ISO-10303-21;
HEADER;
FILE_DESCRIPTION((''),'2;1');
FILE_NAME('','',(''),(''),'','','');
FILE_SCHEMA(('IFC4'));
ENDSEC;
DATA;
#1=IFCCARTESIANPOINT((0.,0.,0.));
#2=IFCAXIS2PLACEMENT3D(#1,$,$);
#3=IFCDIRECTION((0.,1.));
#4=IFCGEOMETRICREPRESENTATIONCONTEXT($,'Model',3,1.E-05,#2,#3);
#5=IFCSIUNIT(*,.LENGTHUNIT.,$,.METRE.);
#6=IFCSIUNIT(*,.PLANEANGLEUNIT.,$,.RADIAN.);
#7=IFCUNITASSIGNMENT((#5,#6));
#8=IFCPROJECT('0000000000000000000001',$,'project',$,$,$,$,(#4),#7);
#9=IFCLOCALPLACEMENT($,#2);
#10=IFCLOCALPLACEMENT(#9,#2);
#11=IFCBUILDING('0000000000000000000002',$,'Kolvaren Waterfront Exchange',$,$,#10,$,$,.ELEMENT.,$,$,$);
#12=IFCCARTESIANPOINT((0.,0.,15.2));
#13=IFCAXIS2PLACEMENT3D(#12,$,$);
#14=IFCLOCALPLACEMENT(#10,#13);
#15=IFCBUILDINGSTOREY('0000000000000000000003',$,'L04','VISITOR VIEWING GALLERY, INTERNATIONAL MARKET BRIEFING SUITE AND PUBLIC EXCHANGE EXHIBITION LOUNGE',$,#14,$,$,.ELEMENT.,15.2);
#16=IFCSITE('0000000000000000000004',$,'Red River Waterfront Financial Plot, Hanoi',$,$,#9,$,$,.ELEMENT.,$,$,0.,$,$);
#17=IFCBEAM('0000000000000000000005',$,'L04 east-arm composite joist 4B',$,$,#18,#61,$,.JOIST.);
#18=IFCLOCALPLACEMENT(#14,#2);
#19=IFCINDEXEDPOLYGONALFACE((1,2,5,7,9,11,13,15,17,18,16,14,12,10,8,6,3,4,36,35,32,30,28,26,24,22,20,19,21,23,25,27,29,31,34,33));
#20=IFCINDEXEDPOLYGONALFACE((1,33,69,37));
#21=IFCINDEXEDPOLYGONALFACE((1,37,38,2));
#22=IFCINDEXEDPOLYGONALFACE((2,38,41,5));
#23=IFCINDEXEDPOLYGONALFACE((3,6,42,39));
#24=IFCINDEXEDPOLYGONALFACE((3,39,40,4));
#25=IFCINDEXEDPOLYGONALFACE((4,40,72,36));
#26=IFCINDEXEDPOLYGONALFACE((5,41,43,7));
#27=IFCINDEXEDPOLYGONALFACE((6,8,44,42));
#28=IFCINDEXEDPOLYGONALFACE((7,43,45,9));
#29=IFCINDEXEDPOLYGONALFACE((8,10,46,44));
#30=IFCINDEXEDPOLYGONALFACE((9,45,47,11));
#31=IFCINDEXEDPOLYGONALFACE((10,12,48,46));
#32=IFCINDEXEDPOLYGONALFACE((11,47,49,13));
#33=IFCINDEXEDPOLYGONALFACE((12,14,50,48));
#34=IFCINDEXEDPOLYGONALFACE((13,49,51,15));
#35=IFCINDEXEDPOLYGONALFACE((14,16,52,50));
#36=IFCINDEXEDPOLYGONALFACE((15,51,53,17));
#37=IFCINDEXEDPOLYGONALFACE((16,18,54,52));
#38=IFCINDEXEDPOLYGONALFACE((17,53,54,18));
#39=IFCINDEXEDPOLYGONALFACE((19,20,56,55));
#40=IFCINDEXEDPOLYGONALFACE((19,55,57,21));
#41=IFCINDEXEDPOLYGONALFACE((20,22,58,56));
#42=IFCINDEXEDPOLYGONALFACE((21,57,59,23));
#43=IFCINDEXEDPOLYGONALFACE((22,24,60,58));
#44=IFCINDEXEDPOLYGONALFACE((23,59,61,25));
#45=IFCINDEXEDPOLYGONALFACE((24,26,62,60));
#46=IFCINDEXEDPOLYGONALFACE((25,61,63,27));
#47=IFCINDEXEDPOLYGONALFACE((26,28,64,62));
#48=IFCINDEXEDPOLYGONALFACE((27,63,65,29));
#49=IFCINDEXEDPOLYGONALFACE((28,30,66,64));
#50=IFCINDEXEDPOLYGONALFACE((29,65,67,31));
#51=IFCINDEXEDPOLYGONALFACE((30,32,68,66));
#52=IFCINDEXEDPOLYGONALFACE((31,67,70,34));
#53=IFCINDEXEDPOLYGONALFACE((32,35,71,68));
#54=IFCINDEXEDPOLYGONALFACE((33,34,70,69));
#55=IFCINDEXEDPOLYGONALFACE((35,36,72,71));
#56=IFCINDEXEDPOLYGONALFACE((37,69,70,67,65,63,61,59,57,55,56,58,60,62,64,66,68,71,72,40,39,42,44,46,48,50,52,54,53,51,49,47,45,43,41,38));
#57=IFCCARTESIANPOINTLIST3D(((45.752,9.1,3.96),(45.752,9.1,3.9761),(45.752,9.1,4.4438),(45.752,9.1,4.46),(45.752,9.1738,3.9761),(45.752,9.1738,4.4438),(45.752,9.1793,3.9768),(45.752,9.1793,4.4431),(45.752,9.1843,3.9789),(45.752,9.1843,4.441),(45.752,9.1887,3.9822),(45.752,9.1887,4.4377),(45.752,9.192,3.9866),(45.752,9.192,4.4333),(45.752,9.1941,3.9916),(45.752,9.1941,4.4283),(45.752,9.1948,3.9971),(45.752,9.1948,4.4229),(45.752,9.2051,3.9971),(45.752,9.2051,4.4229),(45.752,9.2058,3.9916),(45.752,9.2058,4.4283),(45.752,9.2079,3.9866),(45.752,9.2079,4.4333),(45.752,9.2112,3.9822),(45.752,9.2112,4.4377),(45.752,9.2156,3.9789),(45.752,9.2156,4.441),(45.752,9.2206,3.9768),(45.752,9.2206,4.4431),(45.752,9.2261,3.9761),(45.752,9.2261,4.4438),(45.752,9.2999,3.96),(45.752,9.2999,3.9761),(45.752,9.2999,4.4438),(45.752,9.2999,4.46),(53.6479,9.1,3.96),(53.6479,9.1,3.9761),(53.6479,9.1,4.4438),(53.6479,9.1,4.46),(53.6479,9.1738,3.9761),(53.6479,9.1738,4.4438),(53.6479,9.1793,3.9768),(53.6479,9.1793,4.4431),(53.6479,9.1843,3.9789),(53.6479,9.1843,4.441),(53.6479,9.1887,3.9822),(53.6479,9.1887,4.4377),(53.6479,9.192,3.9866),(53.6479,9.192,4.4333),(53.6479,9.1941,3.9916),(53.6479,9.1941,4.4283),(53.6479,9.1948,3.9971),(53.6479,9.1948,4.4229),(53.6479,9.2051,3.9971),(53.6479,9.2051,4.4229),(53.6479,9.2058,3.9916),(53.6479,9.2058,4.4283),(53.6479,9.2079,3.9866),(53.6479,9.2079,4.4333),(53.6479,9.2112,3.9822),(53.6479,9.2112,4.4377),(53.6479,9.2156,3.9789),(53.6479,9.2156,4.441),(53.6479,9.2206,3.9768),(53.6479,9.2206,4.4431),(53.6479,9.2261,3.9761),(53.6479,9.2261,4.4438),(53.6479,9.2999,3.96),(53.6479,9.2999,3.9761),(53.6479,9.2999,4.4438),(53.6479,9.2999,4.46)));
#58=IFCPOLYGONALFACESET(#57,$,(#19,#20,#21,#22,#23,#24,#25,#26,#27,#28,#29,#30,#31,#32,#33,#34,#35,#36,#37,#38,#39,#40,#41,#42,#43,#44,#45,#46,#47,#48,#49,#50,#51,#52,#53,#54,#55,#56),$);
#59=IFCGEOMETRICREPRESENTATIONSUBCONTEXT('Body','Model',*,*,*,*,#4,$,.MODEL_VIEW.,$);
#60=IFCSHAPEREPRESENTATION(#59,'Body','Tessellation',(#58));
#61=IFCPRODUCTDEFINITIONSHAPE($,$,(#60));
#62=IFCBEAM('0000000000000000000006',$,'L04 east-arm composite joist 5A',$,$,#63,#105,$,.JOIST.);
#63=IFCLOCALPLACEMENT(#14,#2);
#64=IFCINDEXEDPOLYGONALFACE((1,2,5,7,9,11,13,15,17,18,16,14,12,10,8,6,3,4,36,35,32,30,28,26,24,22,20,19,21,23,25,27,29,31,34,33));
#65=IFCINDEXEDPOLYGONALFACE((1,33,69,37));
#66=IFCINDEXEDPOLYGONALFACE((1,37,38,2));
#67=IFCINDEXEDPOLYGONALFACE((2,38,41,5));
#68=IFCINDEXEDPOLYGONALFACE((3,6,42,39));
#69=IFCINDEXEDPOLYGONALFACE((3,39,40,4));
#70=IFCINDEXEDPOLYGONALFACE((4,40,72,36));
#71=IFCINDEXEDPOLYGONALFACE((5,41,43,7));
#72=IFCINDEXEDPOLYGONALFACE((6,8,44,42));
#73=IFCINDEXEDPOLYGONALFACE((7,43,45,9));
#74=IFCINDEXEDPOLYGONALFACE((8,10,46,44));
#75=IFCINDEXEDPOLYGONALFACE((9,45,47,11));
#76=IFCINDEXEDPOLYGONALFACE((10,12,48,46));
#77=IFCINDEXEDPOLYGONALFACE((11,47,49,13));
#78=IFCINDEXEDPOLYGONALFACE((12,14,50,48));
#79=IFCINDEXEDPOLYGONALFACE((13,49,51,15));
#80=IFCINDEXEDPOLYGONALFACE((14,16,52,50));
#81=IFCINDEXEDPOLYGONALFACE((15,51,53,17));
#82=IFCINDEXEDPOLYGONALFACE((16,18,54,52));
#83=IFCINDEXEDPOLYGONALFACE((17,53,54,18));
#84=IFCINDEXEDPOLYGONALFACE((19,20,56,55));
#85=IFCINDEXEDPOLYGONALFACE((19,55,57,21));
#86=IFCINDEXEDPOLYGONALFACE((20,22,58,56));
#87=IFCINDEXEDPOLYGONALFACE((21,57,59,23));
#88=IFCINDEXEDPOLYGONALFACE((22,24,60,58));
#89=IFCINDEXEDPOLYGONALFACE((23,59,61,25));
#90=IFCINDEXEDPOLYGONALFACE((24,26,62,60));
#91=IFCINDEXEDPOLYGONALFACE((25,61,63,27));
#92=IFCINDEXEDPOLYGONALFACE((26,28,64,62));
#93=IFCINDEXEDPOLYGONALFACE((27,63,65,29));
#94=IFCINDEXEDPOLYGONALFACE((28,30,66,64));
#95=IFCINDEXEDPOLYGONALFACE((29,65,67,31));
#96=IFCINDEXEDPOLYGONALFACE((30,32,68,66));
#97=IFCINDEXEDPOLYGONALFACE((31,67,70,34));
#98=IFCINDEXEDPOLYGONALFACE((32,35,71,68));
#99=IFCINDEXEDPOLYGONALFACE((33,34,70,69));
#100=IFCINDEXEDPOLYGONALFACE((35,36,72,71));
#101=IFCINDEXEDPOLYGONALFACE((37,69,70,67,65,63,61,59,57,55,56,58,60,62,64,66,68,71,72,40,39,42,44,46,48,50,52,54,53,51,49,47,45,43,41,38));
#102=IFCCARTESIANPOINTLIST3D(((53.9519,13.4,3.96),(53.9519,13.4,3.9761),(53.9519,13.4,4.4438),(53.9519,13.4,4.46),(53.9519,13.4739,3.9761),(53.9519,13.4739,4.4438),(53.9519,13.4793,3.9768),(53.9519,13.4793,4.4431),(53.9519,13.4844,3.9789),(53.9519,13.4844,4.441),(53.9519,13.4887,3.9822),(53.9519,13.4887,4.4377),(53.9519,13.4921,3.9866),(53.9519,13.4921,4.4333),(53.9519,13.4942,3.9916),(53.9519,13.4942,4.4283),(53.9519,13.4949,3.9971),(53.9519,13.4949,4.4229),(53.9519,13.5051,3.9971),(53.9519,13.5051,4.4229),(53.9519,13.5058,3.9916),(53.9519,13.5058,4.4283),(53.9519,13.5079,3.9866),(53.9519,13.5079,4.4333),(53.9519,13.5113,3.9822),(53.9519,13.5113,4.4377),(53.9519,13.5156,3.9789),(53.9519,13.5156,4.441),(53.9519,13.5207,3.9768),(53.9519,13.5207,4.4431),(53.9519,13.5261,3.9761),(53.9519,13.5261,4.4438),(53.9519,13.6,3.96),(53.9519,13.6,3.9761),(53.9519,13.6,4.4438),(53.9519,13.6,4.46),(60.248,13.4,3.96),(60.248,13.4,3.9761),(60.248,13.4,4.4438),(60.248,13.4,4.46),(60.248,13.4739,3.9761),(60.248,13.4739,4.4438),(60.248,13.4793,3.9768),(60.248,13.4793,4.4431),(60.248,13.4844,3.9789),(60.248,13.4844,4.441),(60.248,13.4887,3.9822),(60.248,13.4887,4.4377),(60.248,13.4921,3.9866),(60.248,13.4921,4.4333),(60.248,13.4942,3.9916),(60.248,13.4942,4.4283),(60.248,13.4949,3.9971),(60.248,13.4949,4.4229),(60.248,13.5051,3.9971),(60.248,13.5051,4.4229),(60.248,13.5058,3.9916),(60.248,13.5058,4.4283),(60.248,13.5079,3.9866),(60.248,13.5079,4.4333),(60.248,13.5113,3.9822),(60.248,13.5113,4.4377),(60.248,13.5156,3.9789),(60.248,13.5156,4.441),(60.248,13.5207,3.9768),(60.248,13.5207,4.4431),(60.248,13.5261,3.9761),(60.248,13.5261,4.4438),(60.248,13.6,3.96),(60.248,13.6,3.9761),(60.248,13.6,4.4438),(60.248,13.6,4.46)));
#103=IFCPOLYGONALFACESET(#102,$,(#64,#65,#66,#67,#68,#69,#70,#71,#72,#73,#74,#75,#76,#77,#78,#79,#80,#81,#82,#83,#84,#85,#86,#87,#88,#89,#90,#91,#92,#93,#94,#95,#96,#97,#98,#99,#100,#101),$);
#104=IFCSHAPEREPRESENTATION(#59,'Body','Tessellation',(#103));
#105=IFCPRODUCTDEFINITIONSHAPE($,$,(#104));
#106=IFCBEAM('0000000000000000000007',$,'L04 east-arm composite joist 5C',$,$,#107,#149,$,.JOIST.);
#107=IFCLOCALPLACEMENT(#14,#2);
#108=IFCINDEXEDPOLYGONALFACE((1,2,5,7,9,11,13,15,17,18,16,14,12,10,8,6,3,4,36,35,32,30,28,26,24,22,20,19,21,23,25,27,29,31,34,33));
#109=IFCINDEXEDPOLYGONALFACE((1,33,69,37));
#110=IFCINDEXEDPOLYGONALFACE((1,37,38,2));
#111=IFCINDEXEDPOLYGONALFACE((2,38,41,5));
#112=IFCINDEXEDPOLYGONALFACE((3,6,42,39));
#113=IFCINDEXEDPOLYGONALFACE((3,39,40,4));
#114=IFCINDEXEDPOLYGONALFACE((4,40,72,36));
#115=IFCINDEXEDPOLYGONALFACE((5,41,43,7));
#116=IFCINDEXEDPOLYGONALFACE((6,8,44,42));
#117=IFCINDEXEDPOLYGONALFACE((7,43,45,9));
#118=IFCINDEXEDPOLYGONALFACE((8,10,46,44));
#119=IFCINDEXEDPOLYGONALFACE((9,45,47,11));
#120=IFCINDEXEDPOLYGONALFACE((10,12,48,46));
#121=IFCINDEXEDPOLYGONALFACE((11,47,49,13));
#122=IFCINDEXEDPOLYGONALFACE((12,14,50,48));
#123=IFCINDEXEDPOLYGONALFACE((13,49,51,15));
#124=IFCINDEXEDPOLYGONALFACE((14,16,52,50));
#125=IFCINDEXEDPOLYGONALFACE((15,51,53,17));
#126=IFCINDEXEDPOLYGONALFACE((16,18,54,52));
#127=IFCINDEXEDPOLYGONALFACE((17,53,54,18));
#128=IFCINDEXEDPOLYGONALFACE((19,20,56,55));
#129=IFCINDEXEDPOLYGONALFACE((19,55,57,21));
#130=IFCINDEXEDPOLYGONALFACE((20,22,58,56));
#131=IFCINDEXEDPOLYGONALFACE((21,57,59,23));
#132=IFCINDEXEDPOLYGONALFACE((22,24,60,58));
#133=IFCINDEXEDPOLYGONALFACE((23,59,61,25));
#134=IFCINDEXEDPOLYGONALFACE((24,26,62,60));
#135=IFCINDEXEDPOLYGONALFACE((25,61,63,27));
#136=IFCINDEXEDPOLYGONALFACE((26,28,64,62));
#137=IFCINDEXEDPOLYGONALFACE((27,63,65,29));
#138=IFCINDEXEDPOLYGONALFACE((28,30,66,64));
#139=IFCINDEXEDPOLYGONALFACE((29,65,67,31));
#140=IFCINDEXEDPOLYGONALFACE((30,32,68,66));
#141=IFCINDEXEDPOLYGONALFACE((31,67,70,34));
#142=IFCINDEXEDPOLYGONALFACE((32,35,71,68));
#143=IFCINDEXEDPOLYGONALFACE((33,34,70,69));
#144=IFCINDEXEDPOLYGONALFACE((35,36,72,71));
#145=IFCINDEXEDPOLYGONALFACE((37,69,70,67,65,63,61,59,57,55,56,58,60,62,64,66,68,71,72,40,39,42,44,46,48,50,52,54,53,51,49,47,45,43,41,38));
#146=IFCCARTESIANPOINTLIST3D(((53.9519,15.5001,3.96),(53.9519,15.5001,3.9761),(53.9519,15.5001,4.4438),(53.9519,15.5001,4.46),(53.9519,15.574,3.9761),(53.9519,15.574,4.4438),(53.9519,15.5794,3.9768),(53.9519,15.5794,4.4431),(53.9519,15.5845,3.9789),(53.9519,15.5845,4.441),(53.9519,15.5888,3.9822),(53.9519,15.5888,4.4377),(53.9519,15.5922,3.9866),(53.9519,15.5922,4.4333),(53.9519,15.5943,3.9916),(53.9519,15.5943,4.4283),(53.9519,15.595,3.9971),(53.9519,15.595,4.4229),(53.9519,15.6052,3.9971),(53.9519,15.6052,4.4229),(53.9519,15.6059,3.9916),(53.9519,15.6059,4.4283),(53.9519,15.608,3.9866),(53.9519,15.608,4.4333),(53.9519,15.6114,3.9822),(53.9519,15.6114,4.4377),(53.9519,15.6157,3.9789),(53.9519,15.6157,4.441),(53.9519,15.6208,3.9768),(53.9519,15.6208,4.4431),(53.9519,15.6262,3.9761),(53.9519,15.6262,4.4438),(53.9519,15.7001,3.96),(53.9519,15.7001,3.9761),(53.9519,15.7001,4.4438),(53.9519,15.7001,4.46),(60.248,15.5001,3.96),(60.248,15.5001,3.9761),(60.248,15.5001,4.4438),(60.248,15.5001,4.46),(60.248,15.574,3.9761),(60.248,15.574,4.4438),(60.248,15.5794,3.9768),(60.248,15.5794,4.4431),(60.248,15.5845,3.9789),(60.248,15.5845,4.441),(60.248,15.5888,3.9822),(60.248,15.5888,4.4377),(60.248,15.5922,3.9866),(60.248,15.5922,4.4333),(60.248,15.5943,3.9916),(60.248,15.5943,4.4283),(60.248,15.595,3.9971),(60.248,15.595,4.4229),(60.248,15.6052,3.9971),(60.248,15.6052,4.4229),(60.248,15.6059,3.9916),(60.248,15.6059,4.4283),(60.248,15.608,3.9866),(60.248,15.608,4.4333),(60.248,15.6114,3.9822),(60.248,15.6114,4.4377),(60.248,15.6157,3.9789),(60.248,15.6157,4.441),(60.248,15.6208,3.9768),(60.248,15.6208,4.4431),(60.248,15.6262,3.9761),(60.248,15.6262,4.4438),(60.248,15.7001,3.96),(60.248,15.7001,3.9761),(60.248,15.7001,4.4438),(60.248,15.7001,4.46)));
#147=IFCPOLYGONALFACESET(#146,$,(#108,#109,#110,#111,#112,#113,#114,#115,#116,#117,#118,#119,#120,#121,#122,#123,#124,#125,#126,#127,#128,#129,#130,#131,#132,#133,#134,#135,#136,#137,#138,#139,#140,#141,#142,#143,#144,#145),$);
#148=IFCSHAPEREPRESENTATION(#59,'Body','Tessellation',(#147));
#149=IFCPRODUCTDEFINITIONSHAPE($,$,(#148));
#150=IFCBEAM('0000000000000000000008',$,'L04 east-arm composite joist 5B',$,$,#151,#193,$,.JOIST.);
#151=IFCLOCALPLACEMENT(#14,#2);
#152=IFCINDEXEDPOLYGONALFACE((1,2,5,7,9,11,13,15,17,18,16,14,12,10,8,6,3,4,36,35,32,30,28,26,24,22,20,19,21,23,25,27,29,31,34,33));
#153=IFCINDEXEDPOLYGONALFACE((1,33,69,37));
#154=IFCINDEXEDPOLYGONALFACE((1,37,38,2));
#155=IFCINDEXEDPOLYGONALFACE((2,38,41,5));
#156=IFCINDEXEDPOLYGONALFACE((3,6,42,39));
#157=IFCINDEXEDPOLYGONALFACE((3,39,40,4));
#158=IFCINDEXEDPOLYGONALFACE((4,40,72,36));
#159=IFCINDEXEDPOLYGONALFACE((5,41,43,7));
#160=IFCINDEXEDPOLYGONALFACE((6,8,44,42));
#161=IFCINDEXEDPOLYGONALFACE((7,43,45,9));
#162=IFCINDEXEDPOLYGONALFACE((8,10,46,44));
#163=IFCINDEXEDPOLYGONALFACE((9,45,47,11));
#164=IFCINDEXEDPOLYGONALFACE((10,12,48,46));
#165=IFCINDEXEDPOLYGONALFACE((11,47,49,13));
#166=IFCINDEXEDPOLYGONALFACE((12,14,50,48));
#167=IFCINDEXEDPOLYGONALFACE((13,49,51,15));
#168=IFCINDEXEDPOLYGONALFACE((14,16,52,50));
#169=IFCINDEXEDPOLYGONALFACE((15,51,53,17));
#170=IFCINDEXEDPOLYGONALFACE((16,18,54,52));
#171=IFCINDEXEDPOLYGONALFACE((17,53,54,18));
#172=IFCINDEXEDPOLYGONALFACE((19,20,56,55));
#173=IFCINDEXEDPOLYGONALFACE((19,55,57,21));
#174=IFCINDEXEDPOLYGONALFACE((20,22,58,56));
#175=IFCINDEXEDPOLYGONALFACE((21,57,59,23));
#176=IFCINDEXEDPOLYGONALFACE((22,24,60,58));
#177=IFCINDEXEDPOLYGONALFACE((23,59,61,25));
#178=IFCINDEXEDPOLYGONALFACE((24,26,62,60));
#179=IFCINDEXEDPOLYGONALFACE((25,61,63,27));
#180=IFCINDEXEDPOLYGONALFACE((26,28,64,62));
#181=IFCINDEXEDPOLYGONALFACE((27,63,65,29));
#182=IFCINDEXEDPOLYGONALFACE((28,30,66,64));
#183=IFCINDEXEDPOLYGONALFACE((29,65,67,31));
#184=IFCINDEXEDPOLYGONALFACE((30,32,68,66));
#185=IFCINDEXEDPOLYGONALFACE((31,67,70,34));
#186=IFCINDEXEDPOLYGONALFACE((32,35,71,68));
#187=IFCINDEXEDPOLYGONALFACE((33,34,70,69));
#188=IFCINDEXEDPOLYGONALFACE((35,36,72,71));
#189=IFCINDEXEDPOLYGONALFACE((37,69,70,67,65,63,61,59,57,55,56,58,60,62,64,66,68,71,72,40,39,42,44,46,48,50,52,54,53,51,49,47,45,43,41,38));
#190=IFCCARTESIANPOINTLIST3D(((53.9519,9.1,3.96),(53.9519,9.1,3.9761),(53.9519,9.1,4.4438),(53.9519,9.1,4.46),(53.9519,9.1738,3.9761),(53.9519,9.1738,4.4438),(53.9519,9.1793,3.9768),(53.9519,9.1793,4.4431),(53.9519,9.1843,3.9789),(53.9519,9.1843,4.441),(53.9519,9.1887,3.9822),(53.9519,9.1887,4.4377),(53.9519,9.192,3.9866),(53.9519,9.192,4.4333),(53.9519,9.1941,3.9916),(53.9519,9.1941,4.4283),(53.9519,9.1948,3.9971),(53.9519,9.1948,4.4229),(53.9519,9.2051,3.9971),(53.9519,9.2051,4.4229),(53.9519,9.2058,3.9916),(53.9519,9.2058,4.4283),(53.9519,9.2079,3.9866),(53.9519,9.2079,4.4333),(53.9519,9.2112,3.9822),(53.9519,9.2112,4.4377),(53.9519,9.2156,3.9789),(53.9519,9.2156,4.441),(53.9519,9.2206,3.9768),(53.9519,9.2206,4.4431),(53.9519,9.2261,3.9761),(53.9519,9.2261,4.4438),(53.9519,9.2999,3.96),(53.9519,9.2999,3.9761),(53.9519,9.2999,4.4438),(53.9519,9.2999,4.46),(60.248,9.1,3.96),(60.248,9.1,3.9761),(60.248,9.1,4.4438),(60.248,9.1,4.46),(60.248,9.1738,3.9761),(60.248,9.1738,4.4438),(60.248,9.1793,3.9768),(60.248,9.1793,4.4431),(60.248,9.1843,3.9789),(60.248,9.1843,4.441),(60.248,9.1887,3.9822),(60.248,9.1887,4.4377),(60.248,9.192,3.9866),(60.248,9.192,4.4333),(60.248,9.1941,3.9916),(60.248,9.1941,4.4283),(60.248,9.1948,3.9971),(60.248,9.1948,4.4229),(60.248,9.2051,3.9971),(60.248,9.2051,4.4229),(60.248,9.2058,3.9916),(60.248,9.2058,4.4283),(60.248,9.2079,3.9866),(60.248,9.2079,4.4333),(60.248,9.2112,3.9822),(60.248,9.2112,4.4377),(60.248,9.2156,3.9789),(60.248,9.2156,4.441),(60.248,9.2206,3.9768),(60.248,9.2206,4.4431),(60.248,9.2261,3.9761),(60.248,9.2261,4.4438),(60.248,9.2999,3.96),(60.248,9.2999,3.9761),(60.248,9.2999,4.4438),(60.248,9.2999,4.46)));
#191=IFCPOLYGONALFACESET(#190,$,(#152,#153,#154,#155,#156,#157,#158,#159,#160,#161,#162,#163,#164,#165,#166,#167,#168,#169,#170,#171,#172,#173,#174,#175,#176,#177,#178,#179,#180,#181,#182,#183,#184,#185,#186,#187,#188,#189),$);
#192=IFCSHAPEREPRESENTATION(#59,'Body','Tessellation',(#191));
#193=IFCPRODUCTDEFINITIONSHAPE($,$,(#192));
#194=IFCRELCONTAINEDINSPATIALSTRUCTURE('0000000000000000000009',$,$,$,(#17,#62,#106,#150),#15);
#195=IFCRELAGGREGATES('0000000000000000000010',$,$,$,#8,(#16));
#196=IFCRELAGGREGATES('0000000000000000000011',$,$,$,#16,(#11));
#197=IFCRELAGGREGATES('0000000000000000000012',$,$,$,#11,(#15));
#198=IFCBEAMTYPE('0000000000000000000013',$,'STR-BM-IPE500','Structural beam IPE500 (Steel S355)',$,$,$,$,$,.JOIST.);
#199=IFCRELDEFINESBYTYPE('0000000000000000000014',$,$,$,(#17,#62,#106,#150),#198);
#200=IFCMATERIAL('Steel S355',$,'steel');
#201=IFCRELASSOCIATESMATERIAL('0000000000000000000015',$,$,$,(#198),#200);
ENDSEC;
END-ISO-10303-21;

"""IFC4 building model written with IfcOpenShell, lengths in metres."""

from ifc_helpers import new_model, si_unit, direction, frame, origin, origin_2d, place, context, subcontext, project, spatial, i_section, extrude, material, material_profile, profile_set, type_object, element, save


model = new_model("IFC4")

# Units and contexts
model_context = context("Model", 3, precision=1e-05, world=origin(), true_north=direction((0.0, 1.0)))
body_context = subcontext(model_context, "Body", "Model", "MODEL_VIEW")
ifc_project = project(units=[si_unit("LENGTHUNIT", "METRE"), si_unit("PLANEANGLEUNIT", "RADIAN")], contexts=[model_context])

# Site, building, storey
site_placement = place(None, origin())
site = spatial("IfcSite", under=ifc_project, at=site_placement, Name="Red River Waterfront Financial Plot, Hanoi", CompositionType="ELEMENT", RefElevation=0.0)
building_placement = place(site_placement, origin())
building = spatial("IfcBuilding", under=site, at=building_placement, Name="Kolvaren Waterfront Exchange", CompositionType="ELEMENT")
storey_placement = place(building_placement, frame((0.0, 0.0, 15.2)))
storey = spatial("IfcBuildingStorey", under=building, at=storey_placement, Name="L04", Description="VISITOR VIEWING GALLERY, INTERNATIONAL MARKET BRIEFING SUITE AND PUBLIC EXCHANGE EXHIBITION LOUNGE", CompositionType="ELEMENT", Elevation=15.2)

# Beams
ifc_material_1 = material(Name="Steel S355", Category="steel")
ifc_material_profile_1 = material_profile(ifc_material_1, i_section(OverallWidth=0.2, OverallDepth=0.5, WebThickness=0.0103, FlangeThickness=0.0161, FilletRadius=0.021, at=origin_2d()), Name="IPE500")
ifc_profile_set_1 = profile_set([ifc_material_profile_1], Name="Steel S355")
beam_type_1 = type_object("IfcBeamType", Name="STR-BM-IPE500", Description="Structural beam IPE500 (Steel S355)", PredefinedType="JOIST", material=ifc_profile_set_1)
for number, where, z_axis, x_axis, name in (
    (1, (45.752, 9.2, 4.21), (1.0, 0.0, 0.0), (0.0, 1.0, 0.0), "L04 east-arm composite joist 4B"),
):
    element("IfcBeam", number, at=place(storey_placement, frame(where, z_axis=z_axis, x_axis=x_axis)), inside=storey, type_object=beam_type_1, Name=name, PredefinedType="JOIST", context=body_context, shape_type="SweptSolid", body=[
        extrude(i_section(OverallWidth=0.2, OverallDepth=0.5, WebThickness=0.0103, FlangeThickness=0.0161, FilletRadius=0.021, at=origin_2d()), origin(), (0.0, 0.0, 1.0), 7.896),
    ])
for number, where, z_axis, x_axis, name in (
    (2, (53.9519, 13.5, 4.21), (1.0, 0.0, 0.0), (0.0, 1.0, 0.0), "L04 east-arm composite joist 5A"),
    (3, (53.9519, 15.6001, 4.21), (1.0, 0.0, 0.0), (0.0, 1.0, 0.0), "L04 east-arm composite joist 5C"),
    (4, (53.9519, 9.2, 4.21), (1.0, 0.0, 0.0), (0.0, 1.0, 0.0), "L04 east-arm composite joist 5B"),
):
    element("IfcBeam", number, at=place(storey_placement, frame(where, z_axis=z_axis, x_axis=x_axis)), inside=storey, type_object=beam_type_1, Name=name, PredefinedType="JOIST", context=body_context, shape_type="SweptSolid", body=[
        extrude(i_section(OverallWidth=0.2, OverallDepth=0.5, WebThickness=0.0103, FlangeThickness=0.0161, FilletRadius=0.021, at=origin_2d()), origin(), (0.0, 0.0, 1.0), 6.2961),
    ])

save(model, "model.ifc")
